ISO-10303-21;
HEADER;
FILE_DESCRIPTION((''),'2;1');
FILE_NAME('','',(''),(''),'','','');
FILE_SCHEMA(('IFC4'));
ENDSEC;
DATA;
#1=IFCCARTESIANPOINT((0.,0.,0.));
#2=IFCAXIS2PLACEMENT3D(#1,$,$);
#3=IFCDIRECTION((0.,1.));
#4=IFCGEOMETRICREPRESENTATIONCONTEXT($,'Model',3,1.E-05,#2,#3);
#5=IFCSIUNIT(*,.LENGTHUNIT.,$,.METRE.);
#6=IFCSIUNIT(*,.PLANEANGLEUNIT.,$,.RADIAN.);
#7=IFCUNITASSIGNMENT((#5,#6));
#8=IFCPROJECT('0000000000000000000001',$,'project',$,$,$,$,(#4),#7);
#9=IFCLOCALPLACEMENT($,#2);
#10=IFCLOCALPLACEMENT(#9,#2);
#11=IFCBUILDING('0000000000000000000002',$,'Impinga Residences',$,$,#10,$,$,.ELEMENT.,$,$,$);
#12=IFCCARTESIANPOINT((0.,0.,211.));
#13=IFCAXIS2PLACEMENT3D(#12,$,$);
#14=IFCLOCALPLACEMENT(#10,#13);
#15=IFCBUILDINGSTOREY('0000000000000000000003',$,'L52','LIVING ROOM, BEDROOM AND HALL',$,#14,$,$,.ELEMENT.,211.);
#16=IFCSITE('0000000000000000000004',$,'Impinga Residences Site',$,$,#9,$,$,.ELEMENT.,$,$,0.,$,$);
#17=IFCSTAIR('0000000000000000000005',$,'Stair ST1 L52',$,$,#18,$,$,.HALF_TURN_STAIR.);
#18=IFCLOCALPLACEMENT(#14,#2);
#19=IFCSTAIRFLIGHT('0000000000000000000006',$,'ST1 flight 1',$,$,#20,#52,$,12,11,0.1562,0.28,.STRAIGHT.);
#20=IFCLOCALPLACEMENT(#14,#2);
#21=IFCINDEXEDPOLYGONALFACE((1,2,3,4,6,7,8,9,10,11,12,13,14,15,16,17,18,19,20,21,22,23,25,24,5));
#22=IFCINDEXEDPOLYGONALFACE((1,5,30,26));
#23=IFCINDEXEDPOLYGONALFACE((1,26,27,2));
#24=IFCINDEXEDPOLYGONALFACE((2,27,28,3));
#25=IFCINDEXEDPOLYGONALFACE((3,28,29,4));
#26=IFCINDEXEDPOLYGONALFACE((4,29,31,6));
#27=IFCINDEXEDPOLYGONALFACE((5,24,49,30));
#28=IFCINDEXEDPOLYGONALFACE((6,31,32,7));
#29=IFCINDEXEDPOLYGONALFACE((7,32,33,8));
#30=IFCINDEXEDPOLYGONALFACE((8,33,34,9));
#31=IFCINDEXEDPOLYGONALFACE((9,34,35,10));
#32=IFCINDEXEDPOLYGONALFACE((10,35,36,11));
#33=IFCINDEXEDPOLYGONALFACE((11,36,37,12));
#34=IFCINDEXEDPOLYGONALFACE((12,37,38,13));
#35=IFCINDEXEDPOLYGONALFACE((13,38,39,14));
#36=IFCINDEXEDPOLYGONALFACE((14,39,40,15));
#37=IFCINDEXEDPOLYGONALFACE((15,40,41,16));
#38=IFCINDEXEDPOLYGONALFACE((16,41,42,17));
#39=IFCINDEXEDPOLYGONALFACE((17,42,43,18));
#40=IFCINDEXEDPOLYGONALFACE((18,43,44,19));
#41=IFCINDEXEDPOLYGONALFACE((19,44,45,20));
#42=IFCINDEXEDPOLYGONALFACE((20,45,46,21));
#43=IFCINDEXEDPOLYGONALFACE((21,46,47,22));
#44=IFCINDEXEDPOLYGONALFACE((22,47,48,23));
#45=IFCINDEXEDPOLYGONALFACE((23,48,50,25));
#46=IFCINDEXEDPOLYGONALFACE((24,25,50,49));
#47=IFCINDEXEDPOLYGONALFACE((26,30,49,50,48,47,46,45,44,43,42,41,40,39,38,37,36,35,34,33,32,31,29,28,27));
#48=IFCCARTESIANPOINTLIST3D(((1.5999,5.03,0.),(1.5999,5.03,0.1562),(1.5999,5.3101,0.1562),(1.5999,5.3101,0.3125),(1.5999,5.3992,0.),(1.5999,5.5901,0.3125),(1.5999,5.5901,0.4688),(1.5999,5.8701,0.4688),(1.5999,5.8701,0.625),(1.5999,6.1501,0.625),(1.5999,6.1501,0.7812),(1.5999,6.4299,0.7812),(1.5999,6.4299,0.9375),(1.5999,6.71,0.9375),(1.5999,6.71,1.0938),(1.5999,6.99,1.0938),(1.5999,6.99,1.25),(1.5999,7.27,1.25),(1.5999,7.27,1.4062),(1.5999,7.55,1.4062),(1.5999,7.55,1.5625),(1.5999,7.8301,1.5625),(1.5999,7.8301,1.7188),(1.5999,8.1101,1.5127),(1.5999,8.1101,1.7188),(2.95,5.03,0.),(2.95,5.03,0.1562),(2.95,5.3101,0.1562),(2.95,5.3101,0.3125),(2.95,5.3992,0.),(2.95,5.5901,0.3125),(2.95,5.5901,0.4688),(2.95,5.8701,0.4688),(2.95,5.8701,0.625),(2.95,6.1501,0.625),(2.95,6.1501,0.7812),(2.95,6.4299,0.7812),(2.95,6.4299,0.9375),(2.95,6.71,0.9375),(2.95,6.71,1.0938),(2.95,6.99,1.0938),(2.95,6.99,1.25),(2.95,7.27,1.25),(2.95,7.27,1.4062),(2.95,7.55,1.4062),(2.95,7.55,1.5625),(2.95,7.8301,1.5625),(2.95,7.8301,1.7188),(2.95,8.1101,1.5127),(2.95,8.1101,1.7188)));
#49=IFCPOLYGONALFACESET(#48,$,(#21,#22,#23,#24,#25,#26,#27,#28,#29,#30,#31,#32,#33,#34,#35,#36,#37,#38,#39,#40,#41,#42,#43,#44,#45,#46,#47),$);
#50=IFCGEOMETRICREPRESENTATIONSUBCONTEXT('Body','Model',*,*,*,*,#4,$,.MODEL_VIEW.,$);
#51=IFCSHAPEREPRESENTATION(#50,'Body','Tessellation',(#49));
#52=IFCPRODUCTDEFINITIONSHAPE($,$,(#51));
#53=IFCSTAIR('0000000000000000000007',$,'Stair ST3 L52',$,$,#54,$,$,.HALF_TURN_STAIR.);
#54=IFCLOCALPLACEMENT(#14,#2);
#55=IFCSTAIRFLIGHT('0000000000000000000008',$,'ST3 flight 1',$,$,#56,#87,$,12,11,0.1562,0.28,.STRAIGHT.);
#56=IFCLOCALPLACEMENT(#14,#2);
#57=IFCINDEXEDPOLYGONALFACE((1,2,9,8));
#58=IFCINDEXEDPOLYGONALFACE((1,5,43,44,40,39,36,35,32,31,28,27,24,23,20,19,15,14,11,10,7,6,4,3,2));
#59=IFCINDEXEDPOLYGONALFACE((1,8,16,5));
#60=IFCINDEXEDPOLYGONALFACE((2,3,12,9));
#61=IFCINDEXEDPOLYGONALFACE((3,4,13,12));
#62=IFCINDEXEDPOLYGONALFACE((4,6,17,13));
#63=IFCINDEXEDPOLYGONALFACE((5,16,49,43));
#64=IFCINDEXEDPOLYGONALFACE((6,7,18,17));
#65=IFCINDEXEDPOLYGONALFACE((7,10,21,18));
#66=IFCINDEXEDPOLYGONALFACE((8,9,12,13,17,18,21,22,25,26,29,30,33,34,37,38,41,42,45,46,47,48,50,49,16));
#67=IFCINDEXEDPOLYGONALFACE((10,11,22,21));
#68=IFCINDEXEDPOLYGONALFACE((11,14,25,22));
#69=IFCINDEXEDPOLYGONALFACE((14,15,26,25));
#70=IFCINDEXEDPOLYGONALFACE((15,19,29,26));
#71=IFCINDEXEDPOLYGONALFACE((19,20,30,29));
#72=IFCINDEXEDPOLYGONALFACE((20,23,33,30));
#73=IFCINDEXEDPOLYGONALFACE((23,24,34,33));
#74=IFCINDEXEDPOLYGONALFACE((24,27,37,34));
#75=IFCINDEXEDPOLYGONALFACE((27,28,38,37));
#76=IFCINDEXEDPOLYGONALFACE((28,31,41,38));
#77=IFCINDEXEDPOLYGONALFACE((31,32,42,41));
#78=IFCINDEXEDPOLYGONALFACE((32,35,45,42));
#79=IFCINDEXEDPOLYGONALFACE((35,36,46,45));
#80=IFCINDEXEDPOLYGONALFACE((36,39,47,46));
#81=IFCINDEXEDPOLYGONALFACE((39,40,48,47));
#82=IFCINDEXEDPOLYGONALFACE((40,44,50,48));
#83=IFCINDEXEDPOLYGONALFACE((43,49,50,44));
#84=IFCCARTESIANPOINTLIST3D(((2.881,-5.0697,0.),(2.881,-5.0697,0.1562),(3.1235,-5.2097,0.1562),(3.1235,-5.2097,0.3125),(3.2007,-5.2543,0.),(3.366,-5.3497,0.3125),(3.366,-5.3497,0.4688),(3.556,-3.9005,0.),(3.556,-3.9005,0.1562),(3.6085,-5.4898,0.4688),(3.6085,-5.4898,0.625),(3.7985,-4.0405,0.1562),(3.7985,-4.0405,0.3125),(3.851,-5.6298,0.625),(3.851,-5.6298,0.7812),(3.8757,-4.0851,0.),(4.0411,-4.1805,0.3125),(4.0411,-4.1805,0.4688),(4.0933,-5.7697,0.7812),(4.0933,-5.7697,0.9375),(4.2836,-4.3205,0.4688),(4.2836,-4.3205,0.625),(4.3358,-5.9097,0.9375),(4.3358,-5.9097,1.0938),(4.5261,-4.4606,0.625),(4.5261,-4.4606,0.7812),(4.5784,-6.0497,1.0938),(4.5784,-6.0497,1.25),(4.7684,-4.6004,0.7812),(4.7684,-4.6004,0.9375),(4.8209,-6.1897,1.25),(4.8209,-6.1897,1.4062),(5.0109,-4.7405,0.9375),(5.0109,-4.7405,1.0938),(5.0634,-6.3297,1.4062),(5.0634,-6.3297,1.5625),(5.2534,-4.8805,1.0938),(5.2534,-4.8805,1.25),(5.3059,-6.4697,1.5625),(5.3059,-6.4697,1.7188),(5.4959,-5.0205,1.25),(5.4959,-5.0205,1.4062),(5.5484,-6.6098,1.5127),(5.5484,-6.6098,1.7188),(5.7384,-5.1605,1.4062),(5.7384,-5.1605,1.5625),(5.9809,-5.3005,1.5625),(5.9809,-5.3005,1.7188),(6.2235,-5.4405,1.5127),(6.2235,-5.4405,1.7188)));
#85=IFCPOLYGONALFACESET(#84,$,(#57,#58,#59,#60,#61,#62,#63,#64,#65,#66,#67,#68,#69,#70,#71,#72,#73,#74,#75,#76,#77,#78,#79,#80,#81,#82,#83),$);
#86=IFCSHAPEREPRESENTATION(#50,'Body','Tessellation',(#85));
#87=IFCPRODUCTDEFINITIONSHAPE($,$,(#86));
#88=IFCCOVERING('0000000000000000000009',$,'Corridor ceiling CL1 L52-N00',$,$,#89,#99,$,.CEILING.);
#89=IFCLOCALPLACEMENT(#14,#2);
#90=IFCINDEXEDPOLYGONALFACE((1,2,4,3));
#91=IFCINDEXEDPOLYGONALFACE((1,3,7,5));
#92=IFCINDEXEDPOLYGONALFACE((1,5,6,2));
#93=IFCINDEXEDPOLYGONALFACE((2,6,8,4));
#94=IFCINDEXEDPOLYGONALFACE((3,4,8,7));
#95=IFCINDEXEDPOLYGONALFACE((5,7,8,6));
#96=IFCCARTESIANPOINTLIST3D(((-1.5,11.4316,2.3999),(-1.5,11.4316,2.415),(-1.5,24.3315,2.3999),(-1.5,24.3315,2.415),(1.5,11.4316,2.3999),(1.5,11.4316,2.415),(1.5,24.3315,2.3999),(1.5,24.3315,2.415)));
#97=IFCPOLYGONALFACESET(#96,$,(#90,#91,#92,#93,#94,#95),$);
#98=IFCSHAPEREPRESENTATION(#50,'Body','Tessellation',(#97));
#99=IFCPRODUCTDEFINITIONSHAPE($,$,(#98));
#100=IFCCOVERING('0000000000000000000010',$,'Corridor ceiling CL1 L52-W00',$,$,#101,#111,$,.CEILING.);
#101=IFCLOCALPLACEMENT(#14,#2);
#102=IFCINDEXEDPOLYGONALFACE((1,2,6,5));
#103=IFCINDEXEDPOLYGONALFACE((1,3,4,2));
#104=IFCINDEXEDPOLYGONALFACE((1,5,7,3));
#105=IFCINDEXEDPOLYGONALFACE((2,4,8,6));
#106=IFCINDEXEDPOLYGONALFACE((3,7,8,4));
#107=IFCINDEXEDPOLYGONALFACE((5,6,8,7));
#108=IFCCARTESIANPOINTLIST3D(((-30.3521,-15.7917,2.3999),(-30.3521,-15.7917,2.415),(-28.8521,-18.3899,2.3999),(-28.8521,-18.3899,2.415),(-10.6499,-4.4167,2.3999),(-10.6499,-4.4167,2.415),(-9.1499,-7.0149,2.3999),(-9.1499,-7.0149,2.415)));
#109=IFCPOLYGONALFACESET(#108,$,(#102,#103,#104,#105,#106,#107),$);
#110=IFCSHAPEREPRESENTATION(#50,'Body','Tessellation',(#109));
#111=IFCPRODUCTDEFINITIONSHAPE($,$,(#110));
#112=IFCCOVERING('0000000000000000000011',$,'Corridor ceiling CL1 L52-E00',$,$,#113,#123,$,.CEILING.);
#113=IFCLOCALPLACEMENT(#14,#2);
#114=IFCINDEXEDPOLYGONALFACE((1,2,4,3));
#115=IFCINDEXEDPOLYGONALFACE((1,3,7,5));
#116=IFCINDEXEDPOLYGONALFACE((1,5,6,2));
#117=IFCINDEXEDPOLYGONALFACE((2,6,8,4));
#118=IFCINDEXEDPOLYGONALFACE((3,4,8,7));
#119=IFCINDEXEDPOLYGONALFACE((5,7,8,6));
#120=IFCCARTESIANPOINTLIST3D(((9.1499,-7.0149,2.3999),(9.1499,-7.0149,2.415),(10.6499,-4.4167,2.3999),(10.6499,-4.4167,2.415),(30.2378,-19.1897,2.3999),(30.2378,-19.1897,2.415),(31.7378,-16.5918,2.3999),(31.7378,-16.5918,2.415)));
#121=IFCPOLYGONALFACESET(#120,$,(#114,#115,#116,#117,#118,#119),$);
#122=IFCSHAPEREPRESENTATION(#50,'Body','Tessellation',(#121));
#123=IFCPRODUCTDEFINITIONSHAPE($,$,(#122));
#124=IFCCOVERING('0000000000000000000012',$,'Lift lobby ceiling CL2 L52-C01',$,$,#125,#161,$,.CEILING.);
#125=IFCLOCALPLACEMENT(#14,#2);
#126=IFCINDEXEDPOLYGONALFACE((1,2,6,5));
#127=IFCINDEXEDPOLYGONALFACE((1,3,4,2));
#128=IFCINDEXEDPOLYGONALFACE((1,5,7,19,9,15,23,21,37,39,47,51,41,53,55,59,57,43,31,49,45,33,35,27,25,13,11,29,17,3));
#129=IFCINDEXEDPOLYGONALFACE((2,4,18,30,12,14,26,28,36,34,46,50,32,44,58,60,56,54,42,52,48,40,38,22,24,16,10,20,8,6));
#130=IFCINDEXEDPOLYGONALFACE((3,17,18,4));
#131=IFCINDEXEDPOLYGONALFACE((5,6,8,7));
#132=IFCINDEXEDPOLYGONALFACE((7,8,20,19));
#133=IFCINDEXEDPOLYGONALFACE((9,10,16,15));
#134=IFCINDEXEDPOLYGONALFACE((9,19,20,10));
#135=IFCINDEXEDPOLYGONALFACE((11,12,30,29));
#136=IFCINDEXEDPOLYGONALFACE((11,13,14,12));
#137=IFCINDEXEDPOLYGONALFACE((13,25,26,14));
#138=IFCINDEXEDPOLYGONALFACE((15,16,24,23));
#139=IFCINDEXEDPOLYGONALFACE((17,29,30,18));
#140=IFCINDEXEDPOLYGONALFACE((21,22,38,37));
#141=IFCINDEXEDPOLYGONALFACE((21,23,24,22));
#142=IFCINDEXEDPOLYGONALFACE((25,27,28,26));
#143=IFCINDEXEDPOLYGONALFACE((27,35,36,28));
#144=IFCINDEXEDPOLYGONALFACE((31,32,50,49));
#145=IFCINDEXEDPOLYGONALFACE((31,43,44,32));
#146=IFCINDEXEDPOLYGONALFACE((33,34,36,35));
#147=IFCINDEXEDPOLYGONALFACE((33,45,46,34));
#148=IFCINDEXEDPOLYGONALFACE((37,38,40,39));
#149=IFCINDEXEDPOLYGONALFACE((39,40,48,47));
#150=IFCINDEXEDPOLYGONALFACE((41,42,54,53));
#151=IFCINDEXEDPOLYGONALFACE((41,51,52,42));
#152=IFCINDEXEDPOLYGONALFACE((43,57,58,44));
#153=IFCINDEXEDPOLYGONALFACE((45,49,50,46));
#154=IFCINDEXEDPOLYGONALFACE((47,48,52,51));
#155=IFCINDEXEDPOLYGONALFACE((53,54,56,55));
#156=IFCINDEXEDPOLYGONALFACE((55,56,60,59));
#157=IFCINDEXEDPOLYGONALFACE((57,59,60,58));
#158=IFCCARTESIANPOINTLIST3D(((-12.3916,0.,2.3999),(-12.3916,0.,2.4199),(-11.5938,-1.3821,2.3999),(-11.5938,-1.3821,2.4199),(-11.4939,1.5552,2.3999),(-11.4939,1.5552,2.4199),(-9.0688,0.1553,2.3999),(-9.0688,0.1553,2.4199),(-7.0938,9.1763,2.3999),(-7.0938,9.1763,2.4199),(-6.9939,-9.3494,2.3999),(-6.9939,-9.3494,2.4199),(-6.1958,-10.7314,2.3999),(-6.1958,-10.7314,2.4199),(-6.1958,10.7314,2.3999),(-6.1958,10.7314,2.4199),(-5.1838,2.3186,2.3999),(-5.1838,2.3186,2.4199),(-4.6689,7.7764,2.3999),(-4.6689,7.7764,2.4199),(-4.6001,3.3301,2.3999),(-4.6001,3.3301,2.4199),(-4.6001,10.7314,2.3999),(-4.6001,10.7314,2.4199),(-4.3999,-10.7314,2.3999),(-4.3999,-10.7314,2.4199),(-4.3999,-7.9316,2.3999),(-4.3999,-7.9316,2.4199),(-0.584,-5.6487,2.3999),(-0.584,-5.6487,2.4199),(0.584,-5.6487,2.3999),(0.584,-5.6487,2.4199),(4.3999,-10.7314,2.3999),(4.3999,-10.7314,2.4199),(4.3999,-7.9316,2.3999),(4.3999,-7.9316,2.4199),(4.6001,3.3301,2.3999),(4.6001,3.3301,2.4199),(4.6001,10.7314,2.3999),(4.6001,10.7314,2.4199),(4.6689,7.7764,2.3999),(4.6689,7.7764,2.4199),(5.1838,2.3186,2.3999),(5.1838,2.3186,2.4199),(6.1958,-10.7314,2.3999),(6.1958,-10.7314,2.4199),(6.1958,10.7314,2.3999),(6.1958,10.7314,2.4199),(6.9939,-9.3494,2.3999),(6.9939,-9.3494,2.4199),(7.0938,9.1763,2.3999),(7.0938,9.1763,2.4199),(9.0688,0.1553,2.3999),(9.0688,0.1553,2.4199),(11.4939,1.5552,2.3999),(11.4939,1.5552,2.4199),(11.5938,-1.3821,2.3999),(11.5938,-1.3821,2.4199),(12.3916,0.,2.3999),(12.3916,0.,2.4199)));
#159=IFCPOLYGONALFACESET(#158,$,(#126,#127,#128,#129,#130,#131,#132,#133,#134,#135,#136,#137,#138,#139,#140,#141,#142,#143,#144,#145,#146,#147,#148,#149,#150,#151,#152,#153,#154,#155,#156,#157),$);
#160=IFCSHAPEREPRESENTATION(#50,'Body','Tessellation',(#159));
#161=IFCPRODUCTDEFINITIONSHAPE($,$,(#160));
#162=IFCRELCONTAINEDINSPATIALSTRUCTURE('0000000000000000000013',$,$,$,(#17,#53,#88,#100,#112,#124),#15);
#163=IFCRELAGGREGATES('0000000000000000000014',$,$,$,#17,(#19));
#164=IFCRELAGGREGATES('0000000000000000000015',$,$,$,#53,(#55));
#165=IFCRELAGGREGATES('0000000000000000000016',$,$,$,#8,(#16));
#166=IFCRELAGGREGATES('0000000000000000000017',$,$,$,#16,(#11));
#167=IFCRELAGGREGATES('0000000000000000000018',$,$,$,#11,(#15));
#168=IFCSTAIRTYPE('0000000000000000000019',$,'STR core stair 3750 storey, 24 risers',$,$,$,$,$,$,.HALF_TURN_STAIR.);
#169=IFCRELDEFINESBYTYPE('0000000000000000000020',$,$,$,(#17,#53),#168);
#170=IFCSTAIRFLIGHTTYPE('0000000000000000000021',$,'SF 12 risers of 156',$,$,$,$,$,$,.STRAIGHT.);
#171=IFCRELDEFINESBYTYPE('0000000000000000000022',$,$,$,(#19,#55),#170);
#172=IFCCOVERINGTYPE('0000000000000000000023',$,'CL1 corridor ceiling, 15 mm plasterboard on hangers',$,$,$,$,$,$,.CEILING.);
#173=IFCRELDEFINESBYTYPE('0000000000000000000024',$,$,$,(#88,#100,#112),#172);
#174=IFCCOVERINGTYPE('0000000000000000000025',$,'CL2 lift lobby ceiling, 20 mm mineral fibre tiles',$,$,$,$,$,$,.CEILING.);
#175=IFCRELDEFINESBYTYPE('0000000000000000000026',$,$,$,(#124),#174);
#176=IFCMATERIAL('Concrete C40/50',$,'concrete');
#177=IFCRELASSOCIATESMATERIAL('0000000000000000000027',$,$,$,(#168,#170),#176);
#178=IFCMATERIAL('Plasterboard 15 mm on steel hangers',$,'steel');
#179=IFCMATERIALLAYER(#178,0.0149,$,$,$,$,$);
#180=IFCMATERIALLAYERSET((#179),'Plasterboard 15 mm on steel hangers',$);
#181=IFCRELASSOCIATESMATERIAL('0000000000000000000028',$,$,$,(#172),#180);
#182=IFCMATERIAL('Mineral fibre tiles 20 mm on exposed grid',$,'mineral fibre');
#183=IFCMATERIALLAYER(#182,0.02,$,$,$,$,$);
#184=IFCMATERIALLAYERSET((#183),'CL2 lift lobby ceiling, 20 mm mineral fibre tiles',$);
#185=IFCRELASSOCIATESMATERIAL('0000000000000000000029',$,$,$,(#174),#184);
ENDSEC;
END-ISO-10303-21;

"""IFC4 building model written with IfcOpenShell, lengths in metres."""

from ifc_helpers import new_model, si_unit, direction, frame, origin, place, context, subcontext, project, spatial, polyline, outline, extrude, material, layer, layer_set, type_object, element, aggregate, save


model = new_model("IFC4")

# Units and contexts
model_context = context("Model", 3, precision=1e-05, world=origin(), true_north=direction((0.0, 1.0)))
body_context = subcontext(model_context, "Body", "Model", "MODEL_VIEW")
ifc_project = project(units=[si_unit("LENGTHUNIT", "METRE"), si_unit("PLANEANGLEUNIT", "RADIAN")], contexts=[model_context])

# Site, building, storey
site_placement = place(None, origin())
site = spatial("IfcSite", under=ifc_project, at=site_placement, Name="Impinga Residences Site", CompositionType="ELEMENT", RefElevation=0.0)
building_placement = place(site_placement, origin())
building = spatial("IfcBuilding", under=site, at=building_placement, Name="Impinga Residences", CompositionType="ELEMENT")
storey_placement = place(building_placement, frame((0.0, 0.0, 211.0)))
storey = spatial("IfcBuildingStorey", under=building, at=storey_placement, Name="L52", Description="LIVING ROOM, BEDROOM AND HALL", CompositionType="ELEMENT", Elevation=211.0)

# Shared definitions
ifc_material_1 = material(Name="Concrete C40/50", Category="concrete")

# Stairs, stair flights
stair_type_1 = type_object("IfcStairType", Name="STR core stair 3750 storey, 24 risers", PredefinedType="HALF_TURN_STAIR", material=ifc_material_1)
stair_1_placement = place(storey_placement, origin())
stair_1 = element("IfcStair", 1, at=stair_1_placement, inside=storey, type_object=stair_type_1, Name="Stair ST1 L52", PredefinedType="HALF_TURN_STAIR")
stair_flight_type = type_object("IfcStairFlightType", Name="SF 12 risers of 156", PredefinedType="STRAIGHT", material=ifc_material_1)
stair_flight_1_placement = place(storey_placement, frame((2.2749, 5.03, 0.0), z_axis=(0.0, 0.0, 1.0), x_axis=(0.0, 1.0, 0.0)))
stair_flight_1 = element("IfcStairFlight", 2, at=stair_flight_1_placement, type_object=stair_flight_type, Name="ST1 flight 1", NumberOfRisers=12, NumberOfTreads=11, PredefinedType="STRAIGHT", RiserHeight=0.1562, TreadLength=0.28, context=body_context, shape_type="SweptSolid", body=[
    extrude(outline(polyline([(0.0, 0.0), (0.0, 0.1562), (0.28, 0.1562), (0.28, 0.3125), (0.5601, 0.3125), (0.5601, 0.4688), (0.8401, 0.4688), (0.8401, 0.625), (1.1201, 0.625), (1.1201, 0.7812), (1.3999, 0.7812), (1.3999, 0.9375), (1.6799, 0.9375), (1.6799, 1.0938), (1.96, 1.0938), (1.96, 1.25), (2.24, 1.25), (2.24, 1.4062), (2.52, 1.4062), (2.52, 1.5625), (2.8, 1.5625), (2.8, 1.7188), (3.0801, 1.7188), (3.0801, 1.875), (3.0801, 1.5127), (0.3691, 0.0), (0.0, 0.0)])), frame((0.0, 0.675, 0.0), z_axis=(0.0, -1.0, 0.0), x_axis=(1.0, 0.0, 0.0)), (0.0, 0.0, 1.0), 1.3501),
])
aggregate(stair_1, [stair_flight_1])
stair_2_placement = place(storey_placement, origin())
stair_2 = element("IfcStair", 3, at=stair_2_placement, inside=storey, type_object=stair_type_1, Name="Stair ST3 L52", PredefinedType="HALF_TURN_STAIR")
stair_flight_2_placement = place(storey_placement, frame((3.2185, -4.4851, 0.0), z_axis=(0.0, 0.0, 1.0), x_axis=(0.866025, -0.5, 0.0)))
stair_flight_2 = element("IfcStairFlight", 4, at=stair_flight_2_placement, type_object=stair_flight_type, Name="ST3 flight 1", NumberOfRisers=12, NumberOfTreads=11, PredefinedType="STRAIGHT", RiserHeight=0.1562, TreadLength=0.28, context=body_context, shape_type="SweptSolid", body=[
    extrude(outline(polyline([(0.0, 0.0), (0.0, 0.1562), (0.28, 0.1562), (0.28, 0.3125), (0.5601, 0.3125), (0.5601, 0.4688), (0.8401, 0.4688), (0.8401, 0.625), (1.1201, 0.625), (1.1201, 0.7812), (1.3999, 0.7812), (1.3999, 0.9375), (1.6799, 0.9375), (1.6799, 1.0938), (1.96, 1.0938), (1.96, 1.25), (2.24, 1.25), (2.24, 1.4062), (2.52, 1.4062), (2.52, 1.5625), (2.8, 1.5625), (2.8, 1.7188), (3.0801, 1.7188), (3.0801, 1.875), (3.0801, 1.5127), (0.3691, 0.0), (0.0, 0.0)])), frame((0.0, 0.675, 0.0), z_axis=(0.0, -1.0, 0.0), x_axis=(1.0, 0.0, 0.0)), (0.0, 0.0, 1.0), 1.3501),
])
aggregate(stair_2, [stair_flight_2])

# Coverings
ifc_material_2 = material(Name="Plasterboard 15 mm on steel hangers", Category="steel")
ifc_layer_1 = layer(ifc_material_2, 0.0149)
ifc_layer_set_1 = layer_set([ifc_layer_1], Name="Plasterboard 15 mm on steel hangers")
covering_type_1 = type_object("IfcCoveringType", Name="CL1 corridor ceiling, 15 mm plasterboard on hangers", PredefinedType="CEILING", material=ifc_layer_set_1)
covering_1_placement = place(storey_placement, frame((0.0, 0.0, 2.3999)))
element("IfcCovering", 5, at=covering_1_placement, inside=storey, type_object=covering_type_1, Name="Corridor ceiling CL1 L52-N00", PredefinedType="CEILING", context=body_context, shape_type="SweptSolid", body=[
    extrude(outline(polyline([(-1.5, 11.4316), (1.5, 11.4316), (1.5, 24.3315), (-1.5, 24.3315), (-1.5, 11.4316)])), origin(), (0.0, 0.0, 1.0), 0.0151),
])
covering_2_placement = place(storey_placement, frame((0.0, 0.0, 2.3999)))
element("IfcCovering", 6, at=covering_2_placement, inside=storey, type_object=covering_type_1, Name="Corridor ceiling CL1 L52-W00", PredefinedType="CEILING", context=body_context, shape_type="SweptSolid", body=[
    extrude(outline(polyline([(-9.1499, -7.0149), (-10.6499, -4.4167), (-30.3521, -15.7917), (-28.8521, -18.3899), (-9.1499, -7.0149)])), origin(), (0.0, 0.0, 1.0), 0.0151),
])
covering_3_placement = place(storey_placement, frame((0.0, 0.0, 2.3999)))
element("IfcCovering", 7, at=covering_3_placement, inside=storey, type_object=covering_type_1, Name="Corridor ceiling CL1 L52-E00", PredefinedType="CEILING", context=body_context, shape_type="SweptSolid", body=[
    extrude(outline(polyline([(10.6499, -4.4167), (9.1499, -7.0149), (30.2378, -19.1897), (31.7378, -16.5918), (10.6499, -4.4167)])), origin(), (0.0, 0.0, 1.0), 0.0151),
])
ifc_material_3 = material(Name="Mineral fibre tiles 20 mm on exposed grid", Category="mineral fibre")
ifc_layer_2 = layer(ifc_material_3, 0.02)
ifc_layer_set_2 = layer_set([ifc_layer_2], Name="CL2 lift lobby ceiling, 20 mm mineral fibre tiles")
covering_type_2 = type_object("IfcCoveringType", Name="CL2 lift lobby ceiling, 20 mm mineral fibre tiles", PredefinedType="CEILING", material=ifc_layer_set_2)
covering_4_placement = place(storey_placement, frame((0.0, 0.0, 2.3999)))
element("IfcCovering", 8, at=covering_4_placement, inside=storey, type_object=covering_type_2, Name="Lift lobby ceiling CL2 L52-C01", PredefinedType="CEILING", context=body_context, shape_type="SweptSolid", body=[
    extrude(outline(polyline([(12.3916, 0.0), (11.5938, -1.3821), (5.1838, 2.3186), (0.584, -5.6487), (6.9939, -9.3494), (6.1958, -10.7314), (4.3999, -10.7314), (4.3999, -7.9316), (-4.3999, -7.9316), (-4.3999, -10.7314), (-6.1958, -10.7314), (-6.9939, -9.3494), (-0.584, -5.6487), (-5.1838, 2.3186), (-11.5938, -1.3821), (-12.3916, 0.0), (-11.4939, 1.5552), (-9.0688, 0.1553), (-4.6689, 7.7764), (-7.0938, 9.1763), (-6.1958, 10.7314), (-4.6001, 10.7314), (-4.6001, 3.3301), (4.6001, 3.3301), (4.6001, 10.7314), (6.1958, 10.7314), (7.0938, 9.1763), (4.6689, 7.7764), (9.0688, 0.1553), (11.4939, 1.5552), (12.3916, 0.0)])), origin(), (0.0, 0.0, 1.0), 0.02),
])

save(model, "model.ifc")
